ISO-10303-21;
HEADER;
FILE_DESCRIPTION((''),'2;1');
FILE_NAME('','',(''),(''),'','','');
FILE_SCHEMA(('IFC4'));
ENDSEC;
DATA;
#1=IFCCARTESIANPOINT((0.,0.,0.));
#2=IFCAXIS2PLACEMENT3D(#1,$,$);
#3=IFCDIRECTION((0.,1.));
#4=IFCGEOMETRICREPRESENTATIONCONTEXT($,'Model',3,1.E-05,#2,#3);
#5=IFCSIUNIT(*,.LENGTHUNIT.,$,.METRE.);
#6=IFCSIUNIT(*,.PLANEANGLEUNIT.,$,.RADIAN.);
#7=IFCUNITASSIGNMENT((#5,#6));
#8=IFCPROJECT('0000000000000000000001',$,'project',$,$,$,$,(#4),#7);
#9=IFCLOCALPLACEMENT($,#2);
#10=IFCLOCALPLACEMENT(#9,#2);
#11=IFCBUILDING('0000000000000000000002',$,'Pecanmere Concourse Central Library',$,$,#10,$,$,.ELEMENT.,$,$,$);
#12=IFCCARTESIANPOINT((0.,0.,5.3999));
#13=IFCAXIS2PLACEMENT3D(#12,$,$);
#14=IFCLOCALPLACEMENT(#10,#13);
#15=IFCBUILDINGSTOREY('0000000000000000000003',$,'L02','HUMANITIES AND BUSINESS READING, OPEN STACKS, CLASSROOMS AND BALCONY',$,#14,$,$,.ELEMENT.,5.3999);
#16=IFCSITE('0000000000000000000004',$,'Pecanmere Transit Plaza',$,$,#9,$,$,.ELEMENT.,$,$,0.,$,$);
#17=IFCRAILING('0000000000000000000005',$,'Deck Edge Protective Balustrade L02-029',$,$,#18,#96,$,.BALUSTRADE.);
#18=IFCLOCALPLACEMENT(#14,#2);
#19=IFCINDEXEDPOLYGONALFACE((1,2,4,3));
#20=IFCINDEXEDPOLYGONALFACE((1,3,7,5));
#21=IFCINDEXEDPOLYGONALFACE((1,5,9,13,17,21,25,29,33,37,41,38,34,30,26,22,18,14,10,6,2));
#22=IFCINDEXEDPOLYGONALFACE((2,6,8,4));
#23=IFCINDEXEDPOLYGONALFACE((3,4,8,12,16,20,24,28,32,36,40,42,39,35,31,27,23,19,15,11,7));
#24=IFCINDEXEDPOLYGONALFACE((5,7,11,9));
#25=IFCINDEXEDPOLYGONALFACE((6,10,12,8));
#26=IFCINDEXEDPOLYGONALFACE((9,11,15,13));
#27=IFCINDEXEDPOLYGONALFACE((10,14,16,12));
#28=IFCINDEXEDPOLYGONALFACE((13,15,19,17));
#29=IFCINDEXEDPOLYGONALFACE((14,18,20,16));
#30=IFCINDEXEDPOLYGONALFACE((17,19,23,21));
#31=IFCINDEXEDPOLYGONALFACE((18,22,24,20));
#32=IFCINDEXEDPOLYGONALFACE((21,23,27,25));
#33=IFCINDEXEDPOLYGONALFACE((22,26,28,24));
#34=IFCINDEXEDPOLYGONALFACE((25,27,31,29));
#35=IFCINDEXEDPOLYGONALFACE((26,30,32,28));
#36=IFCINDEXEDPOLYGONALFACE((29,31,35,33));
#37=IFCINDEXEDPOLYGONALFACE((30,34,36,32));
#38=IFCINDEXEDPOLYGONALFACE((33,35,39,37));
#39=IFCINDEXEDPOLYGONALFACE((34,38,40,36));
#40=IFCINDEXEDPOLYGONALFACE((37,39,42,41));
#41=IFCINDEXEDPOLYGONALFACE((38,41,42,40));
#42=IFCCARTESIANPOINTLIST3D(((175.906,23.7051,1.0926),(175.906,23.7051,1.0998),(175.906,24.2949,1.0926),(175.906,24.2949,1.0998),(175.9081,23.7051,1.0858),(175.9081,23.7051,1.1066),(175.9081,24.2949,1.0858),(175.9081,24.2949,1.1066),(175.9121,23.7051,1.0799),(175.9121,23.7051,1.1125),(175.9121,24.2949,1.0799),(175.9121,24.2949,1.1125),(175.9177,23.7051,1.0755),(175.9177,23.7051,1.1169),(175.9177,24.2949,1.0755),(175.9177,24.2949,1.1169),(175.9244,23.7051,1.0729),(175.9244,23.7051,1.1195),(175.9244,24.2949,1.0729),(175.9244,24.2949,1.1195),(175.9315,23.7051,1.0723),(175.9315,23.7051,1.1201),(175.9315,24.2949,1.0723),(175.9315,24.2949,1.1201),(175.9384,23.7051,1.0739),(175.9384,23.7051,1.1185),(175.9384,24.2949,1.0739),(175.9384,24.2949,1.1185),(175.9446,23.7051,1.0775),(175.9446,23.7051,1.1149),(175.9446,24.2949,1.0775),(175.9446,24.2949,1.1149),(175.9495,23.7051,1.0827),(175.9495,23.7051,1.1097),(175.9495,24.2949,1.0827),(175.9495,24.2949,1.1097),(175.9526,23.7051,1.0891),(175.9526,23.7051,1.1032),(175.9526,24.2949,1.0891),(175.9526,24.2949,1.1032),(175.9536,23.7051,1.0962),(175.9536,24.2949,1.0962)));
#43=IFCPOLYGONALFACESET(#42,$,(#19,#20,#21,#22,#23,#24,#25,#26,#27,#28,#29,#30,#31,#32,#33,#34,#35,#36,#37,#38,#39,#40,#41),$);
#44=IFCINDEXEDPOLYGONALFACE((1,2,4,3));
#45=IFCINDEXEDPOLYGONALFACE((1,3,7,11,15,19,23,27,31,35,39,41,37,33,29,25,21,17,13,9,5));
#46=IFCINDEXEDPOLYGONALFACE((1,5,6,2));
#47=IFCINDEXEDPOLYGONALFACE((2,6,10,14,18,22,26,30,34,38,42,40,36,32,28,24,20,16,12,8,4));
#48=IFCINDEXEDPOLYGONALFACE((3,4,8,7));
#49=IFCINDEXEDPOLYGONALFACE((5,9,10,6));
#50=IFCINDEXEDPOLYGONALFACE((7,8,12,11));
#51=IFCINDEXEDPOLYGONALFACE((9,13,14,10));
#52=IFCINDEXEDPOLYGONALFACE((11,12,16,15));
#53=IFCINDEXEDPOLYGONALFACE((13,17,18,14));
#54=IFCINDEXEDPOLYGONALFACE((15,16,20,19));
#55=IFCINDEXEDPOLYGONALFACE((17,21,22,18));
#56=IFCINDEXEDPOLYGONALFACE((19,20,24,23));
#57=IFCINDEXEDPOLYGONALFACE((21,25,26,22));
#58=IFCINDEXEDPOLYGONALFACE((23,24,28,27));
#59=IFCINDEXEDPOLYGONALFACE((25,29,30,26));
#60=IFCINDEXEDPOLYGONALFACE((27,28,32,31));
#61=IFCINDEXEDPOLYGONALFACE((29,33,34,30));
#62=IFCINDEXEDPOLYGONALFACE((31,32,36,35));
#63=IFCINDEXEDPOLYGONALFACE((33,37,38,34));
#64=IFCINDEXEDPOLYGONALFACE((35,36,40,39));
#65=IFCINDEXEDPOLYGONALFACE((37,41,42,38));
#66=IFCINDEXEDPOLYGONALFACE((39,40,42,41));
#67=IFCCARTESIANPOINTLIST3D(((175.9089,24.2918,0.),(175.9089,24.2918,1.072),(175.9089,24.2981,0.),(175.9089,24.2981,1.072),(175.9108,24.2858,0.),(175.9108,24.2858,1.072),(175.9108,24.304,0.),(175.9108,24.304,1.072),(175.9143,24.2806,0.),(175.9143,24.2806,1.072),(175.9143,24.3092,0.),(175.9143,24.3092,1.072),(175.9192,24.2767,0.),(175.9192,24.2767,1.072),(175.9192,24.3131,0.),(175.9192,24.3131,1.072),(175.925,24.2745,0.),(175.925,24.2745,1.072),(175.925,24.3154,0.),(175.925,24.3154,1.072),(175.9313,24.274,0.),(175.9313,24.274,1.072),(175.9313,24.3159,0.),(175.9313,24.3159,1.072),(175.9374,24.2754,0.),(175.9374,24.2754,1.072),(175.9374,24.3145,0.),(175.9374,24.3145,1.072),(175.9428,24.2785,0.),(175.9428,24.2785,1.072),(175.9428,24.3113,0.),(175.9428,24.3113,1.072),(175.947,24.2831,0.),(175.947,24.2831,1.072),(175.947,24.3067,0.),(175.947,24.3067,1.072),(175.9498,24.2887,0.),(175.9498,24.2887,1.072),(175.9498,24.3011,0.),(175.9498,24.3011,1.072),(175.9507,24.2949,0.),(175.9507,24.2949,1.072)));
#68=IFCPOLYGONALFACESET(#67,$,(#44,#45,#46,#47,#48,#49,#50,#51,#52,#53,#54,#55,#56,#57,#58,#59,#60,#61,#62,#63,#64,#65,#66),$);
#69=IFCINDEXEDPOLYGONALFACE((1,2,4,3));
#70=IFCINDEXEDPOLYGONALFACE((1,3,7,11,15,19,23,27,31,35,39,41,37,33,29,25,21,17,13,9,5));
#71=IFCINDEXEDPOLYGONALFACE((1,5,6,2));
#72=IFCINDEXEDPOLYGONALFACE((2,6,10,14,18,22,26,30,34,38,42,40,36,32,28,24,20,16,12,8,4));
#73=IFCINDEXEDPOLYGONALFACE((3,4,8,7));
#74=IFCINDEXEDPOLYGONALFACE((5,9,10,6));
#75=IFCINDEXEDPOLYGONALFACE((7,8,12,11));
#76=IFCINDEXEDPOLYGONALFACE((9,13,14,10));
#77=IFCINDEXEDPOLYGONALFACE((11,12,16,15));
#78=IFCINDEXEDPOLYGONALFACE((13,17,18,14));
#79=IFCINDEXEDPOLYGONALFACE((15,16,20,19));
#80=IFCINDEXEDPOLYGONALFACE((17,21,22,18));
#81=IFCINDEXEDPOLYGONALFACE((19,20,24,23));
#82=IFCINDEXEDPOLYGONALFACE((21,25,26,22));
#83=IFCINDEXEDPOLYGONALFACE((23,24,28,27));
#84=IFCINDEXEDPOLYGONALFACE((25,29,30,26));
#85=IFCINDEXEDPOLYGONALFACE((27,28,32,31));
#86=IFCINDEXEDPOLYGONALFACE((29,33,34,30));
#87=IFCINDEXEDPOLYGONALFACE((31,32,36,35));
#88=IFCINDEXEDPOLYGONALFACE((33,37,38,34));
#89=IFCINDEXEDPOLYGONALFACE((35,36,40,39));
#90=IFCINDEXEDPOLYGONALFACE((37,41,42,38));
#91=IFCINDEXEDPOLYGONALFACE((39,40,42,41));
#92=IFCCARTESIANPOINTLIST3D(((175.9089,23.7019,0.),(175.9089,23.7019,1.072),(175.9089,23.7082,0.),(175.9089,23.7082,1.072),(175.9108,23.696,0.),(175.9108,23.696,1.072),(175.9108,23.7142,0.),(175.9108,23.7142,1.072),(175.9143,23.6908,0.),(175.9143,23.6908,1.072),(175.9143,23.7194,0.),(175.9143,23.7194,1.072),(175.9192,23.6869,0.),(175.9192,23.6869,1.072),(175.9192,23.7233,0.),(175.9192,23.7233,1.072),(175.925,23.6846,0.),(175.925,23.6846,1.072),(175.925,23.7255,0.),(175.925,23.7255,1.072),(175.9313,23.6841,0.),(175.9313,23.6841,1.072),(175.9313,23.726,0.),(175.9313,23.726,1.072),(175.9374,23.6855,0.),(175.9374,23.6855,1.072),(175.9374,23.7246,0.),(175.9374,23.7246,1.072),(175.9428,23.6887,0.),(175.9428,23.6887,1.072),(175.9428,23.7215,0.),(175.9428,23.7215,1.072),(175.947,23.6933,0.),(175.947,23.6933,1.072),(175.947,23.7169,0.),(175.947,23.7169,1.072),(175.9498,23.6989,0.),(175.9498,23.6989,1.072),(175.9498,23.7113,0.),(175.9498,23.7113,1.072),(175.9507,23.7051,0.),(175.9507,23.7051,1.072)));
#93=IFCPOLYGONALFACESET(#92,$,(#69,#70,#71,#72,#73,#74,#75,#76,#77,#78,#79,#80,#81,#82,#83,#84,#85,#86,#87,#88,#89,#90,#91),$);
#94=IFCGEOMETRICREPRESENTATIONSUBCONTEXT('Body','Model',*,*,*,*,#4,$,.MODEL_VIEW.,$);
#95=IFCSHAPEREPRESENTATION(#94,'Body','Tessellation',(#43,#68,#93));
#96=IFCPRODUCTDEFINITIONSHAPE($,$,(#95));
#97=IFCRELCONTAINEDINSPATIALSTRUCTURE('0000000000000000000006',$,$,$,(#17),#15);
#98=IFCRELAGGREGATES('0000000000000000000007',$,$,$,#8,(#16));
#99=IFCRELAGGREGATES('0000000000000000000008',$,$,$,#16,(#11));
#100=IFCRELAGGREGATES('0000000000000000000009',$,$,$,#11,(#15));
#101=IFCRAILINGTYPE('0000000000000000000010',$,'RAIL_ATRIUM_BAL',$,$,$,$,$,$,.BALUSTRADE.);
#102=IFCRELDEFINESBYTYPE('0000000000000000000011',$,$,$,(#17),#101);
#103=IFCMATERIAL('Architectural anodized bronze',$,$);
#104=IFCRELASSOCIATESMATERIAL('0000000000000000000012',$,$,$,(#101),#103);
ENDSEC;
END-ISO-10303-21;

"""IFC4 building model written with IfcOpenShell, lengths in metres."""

from ifc_helpers import new_model, si_unit, direction, frame, origin, origin_2d, place, context, subcontext, project, spatial, circle, extrude, material, type_object, element, save


model = new_model("IFC4")

# Units and contexts
model_context = context("Model", 3, precision=1e-05, world=origin(), true_north=direction((0.0, 1.0)))
body_context = subcontext(model_context, "Body", "Model", "MODEL_VIEW")
ifc_project = project(units=[si_unit("LENGTHUNIT", "METRE"), si_unit("PLANEANGLEUNIT", "RADIAN")], contexts=[model_context])

# Site, building, storey
site_placement = place(None, origin())
site = spatial("IfcSite", under=ifc_project, at=site_placement, Name="Pecanmere Transit Plaza", CompositionType="ELEMENT", RefElevation=0.0)
building_placement = place(site_placement, origin())
building = spatial("IfcBuilding", under=site, at=building_placement, Name="Pecanmere Concourse Central Library", CompositionType="ELEMENT")
storey_placement = place(building_placement, frame((0.0, 0.0, 5.3999)))
storey = spatial("IfcBuildingStorey", under=building, at=storey_placement, Name="L02", Description="HUMANITIES AND BUSINESS READING, OPEN STACKS, CLASSROOMS AND BALCONY", CompositionType="ELEMENT", Elevation=5.3999)

# Railing
ifc_material_1 = material(Name="Architectural anodized bronze")
railing_type = type_object("IfcRailingType", Name="RAIL_ATRIUM_BAL", PredefinedType="BALUSTRADE", material=ifc_material_1)
railing_1_placement = place(storey_placement, frame((175.9297, 24.2949, 0.0)))
element("IfcRailing", 1, at=railing_1_placement, inside=storey, type_object=railing_type, Name="Deck Edge Protective Balustrade L02-029", PredefinedType="BALUSTRADE", context=body_context, shape_type="SweptSolid", body=[
    extrude(circle(Radius=0.0239, at=origin_2d()), frame((0.0, 0.0, 1.0962), z_axis=(0.0, -1.0, 0.0), x_axis=(1.0, 0.0, 0.0)), (0.0, 0.0, 1.0), 0.5898),
    extrude(circle(Radius=0.021, at=origin_2d()), origin(), (0.0, 0.0, 1.0), 1.072),
    extrude(circle(Radius=0.021, at=origin_2d()), frame((0.0, -0.5898, 0.0)), (0.0, 0.0, 1.0), 1.072),
])

save(model, "model.ifc")
